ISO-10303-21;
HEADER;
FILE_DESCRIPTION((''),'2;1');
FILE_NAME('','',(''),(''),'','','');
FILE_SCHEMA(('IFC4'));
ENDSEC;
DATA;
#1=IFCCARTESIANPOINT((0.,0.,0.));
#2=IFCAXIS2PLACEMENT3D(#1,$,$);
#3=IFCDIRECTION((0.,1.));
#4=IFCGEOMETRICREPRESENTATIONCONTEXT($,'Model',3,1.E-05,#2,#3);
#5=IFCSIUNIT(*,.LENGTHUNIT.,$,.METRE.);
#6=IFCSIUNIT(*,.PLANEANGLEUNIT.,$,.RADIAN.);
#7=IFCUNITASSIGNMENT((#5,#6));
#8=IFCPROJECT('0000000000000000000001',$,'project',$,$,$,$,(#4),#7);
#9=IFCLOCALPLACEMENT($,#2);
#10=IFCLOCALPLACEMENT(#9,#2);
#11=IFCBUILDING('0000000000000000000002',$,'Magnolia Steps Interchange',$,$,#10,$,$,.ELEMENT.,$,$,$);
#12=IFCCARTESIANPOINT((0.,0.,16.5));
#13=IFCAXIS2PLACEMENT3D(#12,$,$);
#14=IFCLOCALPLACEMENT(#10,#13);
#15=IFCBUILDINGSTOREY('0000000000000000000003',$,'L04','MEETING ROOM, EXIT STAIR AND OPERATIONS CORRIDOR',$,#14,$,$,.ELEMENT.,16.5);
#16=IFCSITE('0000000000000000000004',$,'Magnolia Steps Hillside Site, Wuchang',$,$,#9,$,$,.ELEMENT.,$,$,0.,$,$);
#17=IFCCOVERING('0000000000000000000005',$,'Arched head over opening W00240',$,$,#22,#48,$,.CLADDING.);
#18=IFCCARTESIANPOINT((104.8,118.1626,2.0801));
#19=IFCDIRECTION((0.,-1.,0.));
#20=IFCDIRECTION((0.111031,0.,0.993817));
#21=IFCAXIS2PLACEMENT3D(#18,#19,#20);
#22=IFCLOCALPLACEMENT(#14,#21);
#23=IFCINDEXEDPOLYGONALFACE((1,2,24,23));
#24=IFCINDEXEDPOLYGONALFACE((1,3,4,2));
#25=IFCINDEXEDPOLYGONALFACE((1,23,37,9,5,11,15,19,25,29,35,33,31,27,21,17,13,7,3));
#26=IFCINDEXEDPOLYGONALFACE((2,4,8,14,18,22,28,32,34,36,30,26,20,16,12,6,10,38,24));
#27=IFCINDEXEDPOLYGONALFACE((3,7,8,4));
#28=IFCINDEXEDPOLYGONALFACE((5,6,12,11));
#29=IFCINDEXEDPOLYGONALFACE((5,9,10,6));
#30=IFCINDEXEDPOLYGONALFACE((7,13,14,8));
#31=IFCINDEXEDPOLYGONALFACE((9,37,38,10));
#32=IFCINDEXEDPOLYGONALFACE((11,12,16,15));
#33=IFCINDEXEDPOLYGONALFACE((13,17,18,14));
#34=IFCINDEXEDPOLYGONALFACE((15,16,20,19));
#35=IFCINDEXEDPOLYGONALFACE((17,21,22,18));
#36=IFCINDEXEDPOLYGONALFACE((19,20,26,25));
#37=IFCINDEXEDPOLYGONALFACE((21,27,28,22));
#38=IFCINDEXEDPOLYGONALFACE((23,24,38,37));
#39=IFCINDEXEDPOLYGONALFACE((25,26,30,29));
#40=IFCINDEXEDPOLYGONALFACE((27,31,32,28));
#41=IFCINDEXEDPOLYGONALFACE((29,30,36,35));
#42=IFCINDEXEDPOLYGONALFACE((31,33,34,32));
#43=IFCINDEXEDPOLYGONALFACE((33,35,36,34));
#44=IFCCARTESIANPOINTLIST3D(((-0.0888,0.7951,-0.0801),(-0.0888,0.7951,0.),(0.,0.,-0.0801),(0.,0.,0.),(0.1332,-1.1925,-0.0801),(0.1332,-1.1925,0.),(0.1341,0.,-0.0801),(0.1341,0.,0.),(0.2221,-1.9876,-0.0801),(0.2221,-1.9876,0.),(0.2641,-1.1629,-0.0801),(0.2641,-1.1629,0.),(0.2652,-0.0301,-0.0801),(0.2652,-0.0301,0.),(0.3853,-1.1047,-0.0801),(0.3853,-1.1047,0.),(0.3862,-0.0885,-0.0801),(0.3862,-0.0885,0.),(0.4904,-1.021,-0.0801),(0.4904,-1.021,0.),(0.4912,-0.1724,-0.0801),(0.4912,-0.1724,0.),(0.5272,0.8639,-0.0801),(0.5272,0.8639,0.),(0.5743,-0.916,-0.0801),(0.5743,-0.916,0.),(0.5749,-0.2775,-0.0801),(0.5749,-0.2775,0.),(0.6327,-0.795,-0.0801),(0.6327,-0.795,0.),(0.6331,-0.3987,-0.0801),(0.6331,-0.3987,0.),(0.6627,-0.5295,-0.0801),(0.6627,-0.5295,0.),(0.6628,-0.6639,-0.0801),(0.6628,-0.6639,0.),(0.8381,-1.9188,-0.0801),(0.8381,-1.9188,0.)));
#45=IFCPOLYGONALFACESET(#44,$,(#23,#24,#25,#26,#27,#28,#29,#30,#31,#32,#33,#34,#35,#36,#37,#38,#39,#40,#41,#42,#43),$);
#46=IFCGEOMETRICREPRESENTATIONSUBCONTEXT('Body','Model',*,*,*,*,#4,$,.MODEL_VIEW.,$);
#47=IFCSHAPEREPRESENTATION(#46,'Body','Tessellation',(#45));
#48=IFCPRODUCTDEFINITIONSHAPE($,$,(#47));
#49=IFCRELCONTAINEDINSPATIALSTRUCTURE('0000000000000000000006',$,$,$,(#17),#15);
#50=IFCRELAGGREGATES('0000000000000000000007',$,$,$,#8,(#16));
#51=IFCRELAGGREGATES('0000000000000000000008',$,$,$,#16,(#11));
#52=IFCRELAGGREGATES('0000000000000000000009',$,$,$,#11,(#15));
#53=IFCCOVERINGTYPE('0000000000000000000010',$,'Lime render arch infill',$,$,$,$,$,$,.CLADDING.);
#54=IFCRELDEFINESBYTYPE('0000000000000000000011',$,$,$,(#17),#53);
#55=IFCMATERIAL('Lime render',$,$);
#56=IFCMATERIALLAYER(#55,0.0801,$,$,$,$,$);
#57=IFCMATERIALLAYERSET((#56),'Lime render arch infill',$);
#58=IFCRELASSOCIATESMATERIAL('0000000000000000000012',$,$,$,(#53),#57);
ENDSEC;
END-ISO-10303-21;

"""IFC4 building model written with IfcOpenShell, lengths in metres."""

from ifc_helpers import new_model, si_unit, direction, frame, origin, place, context, subcontext, project, spatial, polyline, outline, extrude, material, layer, layer_set, type_object, element, save


model = new_model("IFC4")

# Units and contexts
model_context = context("Model", 3, precision=1e-05, world=origin(), true_north=direction((0.0, 1.0)))
body_context = subcontext(model_context, "Body", "Model", "MODEL_VIEW")
ifc_project = project(units=[si_unit("LENGTHUNIT", "METRE"), si_unit("PLANEANGLEUNIT", "RADIAN")], contexts=[model_context])

# Site, building, storey
site_placement = place(None, origin())
site = spatial("IfcSite", under=ifc_project, at=site_placement, Name="Magnolia Steps Hillside Site, Wuchang", CompositionType="ELEMENT", RefElevation=0.0)
building_placement = place(site_placement, origin())
building = spatial("IfcBuilding", under=site, at=building_placement, Name="Magnolia Steps Interchange", CompositionType="ELEMENT")
storey_placement = place(building_placement, frame((0.0, 0.0, 16.5)))
storey = spatial("IfcBuildingStorey", under=building, at=storey_placement, Name="L04", Description="MEETING ROOM, EXIT STAIR AND OPERATIONS CORRIDOR", CompositionType="ELEMENT", Elevation=16.5)

# Covering
ifc_material_1 = material(Name="Lime render")
ifc_layer_1 = layer(ifc_material_1, 0.0801)
ifc_layer_set_1 = layer_set([ifc_layer_1], Name="Lime render arch infill")
covering_type_1 = type_object("IfcCoveringType", Name="Lime render arch infill", PredefinedType="CLADDING", material=ifc_layer_set_1)
covering_1_placement = place(storey_placement, frame((104.8, 118.1626, 2.0801), z_axis=(0.0, -1.0, 0.0), x_axis=(0.111031, 0.0, 0.993817)))
element("IfcCovering", 1, at=covering_1_placement, inside=storey, type_object=covering_type_1, Name="Arched head over opening W00240", PredefinedType="CLADDING", context=body_context, shape_type="SweptSolid", body=[
    extrude(outline(polyline([(0.0, 0.0), (0.1341, 0.0), (0.2652, -0.0301), (0.3862, -0.0885), (0.4912, -0.1724), (0.5749, -0.2775), (0.6331, -0.3987), (0.6627, -0.5295), (0.6628, -0.6639), (0.6327, -0.795), (0.5743, -0.916), (0.4904, -1.021), (0.3853, -1.1047), (0.2641, -1.1629), (0.1332, -1.1925), (0.2221, -1.9876), (0.8381, -1.9188), (0.5272, 0.8639), (-0.0888, 0.7951), (0.0, 0.0)])), origin(), (0.0, 0.0, -1.0), 0.0801),
])

save(model, "model.ifc")
